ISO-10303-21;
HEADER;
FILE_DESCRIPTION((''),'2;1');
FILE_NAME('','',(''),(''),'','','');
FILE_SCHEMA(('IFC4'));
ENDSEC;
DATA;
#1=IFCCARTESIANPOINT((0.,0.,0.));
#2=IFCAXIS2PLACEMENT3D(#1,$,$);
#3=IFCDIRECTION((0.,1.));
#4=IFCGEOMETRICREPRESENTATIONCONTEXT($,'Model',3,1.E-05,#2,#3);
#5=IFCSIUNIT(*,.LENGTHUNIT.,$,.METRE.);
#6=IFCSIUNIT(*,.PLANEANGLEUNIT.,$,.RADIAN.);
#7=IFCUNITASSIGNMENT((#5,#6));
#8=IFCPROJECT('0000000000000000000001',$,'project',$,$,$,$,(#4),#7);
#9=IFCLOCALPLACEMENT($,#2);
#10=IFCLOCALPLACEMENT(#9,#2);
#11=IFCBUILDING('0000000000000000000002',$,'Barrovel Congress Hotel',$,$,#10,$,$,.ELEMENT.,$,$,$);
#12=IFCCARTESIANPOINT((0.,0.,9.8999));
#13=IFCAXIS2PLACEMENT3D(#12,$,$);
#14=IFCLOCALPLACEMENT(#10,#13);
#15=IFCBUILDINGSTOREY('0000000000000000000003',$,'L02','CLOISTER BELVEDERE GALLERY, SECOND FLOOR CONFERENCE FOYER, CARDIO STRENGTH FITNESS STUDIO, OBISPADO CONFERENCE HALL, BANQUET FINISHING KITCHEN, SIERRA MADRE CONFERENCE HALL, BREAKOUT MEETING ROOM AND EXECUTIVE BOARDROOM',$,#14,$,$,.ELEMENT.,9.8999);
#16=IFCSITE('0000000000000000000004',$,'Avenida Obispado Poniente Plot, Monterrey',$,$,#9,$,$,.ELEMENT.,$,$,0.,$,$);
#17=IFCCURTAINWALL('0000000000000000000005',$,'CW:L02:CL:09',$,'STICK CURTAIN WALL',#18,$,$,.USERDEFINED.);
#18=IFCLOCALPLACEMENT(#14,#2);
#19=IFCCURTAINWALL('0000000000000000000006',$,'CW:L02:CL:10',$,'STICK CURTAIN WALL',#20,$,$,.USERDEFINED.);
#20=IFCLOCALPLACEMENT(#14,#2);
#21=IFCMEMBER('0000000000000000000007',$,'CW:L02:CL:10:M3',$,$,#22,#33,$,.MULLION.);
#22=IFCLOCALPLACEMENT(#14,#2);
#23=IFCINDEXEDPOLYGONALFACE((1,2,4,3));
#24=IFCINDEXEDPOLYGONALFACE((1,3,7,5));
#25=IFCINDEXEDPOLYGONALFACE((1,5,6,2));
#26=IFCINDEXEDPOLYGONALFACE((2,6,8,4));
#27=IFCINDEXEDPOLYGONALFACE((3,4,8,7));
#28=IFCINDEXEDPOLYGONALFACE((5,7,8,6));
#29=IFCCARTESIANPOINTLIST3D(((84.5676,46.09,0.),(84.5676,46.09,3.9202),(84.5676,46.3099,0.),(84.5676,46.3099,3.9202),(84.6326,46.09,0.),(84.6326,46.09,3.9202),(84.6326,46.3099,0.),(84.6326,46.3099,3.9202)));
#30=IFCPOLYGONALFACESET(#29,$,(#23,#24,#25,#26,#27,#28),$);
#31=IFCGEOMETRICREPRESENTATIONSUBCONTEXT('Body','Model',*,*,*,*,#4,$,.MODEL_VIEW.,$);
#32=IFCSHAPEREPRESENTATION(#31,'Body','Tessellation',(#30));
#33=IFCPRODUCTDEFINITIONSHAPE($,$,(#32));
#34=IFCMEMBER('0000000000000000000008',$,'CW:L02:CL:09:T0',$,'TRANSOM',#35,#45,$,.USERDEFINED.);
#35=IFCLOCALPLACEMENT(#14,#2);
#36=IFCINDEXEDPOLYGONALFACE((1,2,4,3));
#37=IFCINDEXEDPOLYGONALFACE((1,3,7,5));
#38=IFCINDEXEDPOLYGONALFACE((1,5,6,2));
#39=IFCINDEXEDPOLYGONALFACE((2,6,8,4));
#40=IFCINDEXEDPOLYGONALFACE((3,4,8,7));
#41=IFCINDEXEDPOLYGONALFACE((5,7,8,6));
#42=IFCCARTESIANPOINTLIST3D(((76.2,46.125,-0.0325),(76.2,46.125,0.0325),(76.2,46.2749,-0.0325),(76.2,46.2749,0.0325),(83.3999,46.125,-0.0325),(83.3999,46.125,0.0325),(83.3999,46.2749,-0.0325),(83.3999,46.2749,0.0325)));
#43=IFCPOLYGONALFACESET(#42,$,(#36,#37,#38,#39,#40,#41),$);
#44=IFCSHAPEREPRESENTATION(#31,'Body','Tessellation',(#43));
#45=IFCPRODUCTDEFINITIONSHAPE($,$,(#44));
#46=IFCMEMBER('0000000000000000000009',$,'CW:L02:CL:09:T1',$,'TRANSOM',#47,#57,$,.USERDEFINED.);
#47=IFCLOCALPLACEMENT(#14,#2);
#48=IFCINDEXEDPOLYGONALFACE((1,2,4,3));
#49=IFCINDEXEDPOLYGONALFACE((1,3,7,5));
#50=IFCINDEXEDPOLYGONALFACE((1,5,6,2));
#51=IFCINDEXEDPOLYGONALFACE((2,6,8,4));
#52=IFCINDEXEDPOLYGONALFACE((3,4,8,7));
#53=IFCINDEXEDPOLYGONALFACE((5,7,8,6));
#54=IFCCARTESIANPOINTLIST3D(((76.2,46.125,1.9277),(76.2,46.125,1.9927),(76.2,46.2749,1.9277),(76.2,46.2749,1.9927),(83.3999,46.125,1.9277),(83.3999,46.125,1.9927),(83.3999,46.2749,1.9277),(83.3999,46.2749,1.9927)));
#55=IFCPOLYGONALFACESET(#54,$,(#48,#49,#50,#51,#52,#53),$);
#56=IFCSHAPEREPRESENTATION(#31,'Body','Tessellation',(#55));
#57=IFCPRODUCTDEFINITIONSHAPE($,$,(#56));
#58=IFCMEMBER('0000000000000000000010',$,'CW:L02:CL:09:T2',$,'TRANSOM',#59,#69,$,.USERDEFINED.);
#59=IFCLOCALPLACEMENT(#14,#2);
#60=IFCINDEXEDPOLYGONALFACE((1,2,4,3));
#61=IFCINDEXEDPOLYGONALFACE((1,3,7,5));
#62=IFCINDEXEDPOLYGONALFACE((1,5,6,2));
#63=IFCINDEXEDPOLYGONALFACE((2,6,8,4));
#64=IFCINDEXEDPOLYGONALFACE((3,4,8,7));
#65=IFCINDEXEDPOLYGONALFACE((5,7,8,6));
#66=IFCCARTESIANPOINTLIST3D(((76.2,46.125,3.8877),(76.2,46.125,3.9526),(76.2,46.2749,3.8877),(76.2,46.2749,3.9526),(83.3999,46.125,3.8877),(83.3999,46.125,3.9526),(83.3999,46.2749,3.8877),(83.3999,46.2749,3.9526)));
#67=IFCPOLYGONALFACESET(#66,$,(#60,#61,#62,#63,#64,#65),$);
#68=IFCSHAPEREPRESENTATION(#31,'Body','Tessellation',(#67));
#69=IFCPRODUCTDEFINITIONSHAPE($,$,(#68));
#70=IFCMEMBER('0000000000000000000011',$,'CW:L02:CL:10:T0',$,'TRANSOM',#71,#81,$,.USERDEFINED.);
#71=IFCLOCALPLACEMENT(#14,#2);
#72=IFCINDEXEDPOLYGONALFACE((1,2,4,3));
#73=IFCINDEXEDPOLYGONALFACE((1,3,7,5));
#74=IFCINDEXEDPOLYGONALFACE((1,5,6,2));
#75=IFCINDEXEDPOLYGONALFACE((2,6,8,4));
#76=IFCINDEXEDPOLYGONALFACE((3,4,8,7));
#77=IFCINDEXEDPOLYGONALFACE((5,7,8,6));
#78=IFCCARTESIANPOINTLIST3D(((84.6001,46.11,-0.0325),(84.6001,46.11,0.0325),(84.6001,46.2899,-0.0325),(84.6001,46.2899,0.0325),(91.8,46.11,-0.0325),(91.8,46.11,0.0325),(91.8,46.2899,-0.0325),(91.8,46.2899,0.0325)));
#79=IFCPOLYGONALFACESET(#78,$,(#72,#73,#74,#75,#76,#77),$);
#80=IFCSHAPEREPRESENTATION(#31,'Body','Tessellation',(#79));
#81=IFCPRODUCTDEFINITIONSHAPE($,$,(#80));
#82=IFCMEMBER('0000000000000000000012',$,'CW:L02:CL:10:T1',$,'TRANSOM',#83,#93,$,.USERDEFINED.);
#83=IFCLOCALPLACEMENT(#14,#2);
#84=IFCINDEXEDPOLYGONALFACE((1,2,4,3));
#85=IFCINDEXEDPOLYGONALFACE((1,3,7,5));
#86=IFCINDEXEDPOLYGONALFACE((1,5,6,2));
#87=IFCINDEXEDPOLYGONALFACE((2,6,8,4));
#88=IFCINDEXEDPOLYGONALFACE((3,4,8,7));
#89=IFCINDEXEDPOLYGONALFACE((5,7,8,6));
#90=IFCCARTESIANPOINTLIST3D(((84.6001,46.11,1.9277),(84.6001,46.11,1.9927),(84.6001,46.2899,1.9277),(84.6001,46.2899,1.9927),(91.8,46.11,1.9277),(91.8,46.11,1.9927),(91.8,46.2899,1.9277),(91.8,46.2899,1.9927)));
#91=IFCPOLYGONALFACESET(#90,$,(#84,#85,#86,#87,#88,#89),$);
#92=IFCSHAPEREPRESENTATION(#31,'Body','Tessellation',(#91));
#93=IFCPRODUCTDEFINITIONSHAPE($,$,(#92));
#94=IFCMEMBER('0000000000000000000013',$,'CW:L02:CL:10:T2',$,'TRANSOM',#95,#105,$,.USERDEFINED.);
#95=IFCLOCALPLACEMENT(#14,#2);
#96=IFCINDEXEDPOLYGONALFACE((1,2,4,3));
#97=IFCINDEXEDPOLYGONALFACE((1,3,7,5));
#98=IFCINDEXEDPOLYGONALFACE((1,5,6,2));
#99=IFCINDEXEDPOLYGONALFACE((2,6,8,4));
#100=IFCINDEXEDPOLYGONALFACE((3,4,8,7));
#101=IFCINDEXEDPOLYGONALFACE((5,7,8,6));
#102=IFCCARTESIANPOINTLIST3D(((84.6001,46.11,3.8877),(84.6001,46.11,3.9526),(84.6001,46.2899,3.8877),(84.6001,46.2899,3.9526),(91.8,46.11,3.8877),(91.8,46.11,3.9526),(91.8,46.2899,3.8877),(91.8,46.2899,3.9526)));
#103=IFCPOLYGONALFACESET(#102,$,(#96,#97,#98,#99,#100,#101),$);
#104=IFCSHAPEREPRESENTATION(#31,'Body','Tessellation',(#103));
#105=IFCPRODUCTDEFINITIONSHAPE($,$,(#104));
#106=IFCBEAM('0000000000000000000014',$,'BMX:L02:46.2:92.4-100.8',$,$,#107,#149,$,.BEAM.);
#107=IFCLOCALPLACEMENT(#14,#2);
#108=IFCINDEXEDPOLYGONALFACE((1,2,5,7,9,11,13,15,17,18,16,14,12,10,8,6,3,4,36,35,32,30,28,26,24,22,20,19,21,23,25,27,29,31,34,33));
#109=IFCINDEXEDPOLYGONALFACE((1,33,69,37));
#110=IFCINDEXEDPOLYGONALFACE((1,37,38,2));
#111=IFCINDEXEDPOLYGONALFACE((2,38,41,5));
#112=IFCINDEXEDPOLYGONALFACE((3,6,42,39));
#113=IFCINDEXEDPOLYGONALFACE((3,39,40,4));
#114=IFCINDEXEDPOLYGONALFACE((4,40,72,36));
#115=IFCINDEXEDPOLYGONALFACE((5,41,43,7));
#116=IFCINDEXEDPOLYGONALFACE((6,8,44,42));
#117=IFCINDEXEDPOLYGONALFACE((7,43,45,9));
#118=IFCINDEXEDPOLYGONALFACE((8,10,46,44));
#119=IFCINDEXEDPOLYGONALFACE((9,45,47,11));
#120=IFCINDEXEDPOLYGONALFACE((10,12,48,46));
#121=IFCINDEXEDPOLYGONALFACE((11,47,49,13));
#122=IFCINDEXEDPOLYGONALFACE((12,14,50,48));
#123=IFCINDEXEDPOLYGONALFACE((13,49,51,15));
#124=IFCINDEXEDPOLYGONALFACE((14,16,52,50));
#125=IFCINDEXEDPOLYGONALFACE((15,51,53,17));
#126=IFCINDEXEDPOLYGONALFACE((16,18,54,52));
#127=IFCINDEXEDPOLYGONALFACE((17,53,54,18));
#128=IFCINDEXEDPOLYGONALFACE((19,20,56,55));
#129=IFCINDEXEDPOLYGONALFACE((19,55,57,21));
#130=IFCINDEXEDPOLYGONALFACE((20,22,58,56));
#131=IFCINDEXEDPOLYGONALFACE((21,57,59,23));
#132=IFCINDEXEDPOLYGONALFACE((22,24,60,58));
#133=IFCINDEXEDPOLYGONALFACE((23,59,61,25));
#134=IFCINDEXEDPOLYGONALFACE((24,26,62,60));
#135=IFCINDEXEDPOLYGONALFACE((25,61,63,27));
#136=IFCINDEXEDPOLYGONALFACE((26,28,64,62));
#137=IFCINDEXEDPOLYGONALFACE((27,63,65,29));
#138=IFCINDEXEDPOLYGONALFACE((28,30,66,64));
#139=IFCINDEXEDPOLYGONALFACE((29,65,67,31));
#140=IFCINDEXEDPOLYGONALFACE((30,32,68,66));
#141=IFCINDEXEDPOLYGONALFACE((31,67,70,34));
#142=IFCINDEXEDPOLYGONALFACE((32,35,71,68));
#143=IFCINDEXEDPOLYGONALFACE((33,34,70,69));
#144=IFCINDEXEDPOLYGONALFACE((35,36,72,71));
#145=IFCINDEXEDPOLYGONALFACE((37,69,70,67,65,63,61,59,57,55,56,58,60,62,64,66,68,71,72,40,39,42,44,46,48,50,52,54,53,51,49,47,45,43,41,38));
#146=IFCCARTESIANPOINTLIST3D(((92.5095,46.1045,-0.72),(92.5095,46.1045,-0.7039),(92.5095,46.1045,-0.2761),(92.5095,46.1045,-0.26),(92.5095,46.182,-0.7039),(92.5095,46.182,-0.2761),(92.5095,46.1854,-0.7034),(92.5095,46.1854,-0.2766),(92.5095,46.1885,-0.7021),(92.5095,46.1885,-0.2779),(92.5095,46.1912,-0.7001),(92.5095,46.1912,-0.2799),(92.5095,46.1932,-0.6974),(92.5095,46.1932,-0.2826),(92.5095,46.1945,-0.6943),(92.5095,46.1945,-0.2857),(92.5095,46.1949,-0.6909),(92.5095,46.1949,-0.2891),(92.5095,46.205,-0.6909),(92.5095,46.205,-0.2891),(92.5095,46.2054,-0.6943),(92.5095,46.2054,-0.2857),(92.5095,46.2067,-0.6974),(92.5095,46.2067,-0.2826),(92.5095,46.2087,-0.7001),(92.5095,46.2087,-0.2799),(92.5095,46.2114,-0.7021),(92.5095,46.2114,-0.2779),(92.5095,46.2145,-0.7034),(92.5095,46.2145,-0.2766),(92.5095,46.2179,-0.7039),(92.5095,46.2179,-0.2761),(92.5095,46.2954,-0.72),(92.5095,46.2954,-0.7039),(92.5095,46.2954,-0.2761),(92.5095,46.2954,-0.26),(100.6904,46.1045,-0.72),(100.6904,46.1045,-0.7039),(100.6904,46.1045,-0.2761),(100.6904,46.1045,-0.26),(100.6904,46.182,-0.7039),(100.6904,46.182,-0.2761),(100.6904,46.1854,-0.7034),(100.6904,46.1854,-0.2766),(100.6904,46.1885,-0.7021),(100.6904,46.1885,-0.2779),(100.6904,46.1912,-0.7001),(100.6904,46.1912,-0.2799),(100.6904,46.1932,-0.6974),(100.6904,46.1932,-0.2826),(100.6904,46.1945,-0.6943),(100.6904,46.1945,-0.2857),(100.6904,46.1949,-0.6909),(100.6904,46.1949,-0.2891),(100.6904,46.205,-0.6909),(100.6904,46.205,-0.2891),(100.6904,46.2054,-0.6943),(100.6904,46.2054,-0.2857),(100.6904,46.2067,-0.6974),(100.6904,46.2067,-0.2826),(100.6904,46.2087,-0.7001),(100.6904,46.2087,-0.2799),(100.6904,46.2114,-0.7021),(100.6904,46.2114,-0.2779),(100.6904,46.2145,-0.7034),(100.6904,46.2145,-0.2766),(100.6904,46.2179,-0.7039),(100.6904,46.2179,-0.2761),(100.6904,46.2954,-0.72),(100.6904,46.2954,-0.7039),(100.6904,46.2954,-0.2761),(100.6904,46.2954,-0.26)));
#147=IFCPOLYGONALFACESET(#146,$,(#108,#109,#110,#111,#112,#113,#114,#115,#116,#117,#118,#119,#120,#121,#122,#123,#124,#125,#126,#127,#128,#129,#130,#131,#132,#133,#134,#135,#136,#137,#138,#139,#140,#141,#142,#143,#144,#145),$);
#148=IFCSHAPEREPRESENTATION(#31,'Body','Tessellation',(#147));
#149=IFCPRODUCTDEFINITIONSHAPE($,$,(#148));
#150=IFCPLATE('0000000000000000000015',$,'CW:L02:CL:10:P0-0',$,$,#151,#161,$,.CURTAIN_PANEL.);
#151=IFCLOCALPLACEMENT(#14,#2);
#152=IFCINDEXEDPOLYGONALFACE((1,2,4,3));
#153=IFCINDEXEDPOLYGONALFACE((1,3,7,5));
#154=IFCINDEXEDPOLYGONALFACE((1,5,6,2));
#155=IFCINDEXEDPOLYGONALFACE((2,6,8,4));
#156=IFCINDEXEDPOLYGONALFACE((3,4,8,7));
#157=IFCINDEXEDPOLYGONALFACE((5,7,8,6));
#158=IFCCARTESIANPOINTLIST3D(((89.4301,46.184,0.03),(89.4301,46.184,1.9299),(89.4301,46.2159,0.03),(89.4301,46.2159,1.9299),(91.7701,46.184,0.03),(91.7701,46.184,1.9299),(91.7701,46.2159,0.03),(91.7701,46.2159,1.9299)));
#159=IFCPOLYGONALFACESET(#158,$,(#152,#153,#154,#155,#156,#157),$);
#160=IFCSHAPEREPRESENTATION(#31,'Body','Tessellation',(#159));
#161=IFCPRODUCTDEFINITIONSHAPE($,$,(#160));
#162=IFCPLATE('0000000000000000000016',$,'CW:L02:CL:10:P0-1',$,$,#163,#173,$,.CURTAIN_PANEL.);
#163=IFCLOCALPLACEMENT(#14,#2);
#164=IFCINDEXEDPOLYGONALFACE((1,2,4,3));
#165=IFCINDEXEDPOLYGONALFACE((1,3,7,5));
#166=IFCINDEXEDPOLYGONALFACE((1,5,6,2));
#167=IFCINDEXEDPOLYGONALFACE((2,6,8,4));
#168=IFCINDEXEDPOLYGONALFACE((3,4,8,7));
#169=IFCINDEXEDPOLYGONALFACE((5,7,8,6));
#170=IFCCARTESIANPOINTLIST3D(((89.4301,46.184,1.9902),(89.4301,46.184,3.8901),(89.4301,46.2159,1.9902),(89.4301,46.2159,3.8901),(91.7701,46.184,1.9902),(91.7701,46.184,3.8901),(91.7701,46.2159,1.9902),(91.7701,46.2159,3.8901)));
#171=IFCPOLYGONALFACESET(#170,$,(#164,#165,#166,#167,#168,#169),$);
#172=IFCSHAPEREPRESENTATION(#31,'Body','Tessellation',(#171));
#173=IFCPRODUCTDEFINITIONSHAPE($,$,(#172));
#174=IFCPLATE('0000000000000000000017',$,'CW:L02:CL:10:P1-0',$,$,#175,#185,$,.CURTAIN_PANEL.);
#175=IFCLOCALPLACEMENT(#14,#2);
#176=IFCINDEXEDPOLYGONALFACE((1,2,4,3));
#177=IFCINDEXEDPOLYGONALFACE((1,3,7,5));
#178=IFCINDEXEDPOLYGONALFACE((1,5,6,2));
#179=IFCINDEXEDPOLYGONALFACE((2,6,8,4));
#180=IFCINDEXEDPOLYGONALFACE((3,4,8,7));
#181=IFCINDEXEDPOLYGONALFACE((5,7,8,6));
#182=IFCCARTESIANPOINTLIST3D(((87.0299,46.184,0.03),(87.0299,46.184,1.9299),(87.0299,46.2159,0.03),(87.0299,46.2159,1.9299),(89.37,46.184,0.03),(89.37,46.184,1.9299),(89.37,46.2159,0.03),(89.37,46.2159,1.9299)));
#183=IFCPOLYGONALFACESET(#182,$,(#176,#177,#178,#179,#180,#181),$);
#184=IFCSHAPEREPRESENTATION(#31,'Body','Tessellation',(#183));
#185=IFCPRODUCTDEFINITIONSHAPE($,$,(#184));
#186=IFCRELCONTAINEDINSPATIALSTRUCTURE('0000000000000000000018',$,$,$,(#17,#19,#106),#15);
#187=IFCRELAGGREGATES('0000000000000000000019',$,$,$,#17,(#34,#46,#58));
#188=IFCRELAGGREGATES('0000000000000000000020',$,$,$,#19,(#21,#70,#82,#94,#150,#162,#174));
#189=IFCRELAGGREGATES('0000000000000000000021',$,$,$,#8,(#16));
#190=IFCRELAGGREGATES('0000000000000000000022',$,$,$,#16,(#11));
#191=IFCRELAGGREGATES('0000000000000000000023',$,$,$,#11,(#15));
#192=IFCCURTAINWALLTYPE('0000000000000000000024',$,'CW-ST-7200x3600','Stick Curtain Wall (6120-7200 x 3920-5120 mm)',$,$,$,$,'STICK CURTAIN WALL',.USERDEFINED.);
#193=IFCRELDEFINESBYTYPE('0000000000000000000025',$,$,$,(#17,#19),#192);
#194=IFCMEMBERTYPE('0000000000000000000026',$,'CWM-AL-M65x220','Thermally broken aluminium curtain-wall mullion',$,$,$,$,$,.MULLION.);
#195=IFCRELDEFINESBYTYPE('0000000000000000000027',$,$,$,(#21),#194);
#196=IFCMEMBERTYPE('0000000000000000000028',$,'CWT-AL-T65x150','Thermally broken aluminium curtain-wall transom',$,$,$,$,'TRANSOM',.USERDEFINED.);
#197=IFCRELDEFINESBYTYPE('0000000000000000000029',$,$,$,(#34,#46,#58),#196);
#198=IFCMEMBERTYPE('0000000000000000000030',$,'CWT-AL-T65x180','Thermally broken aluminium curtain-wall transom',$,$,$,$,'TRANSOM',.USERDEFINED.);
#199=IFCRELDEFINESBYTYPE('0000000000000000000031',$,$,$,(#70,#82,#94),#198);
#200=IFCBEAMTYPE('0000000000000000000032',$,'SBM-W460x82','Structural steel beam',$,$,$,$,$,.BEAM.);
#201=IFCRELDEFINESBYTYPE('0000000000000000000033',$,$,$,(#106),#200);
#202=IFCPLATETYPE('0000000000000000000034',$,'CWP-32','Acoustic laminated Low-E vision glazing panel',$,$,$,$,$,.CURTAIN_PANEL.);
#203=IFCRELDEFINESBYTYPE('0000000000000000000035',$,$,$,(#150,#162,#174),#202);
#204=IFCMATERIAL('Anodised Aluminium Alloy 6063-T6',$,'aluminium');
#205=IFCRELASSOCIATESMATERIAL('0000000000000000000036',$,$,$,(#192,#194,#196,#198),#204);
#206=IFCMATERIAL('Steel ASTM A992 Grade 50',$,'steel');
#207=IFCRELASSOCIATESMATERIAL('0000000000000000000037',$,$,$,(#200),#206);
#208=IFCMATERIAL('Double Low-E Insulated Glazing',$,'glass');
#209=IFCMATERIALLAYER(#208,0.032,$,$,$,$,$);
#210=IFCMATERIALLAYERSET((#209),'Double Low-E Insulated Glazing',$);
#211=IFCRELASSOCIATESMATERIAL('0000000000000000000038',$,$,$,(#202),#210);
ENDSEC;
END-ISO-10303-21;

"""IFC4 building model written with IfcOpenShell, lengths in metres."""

from ifc_helpers import new_model, si_unit, direction, frame, origin, origin_2d, place, context, subcontext, project, spatial, rectangle, i_section, extrude, material, layer, layer_set, material_profile, profile_set, type_object, element, aggregate, save


model = new_model("IFC4")

# Units and contexts
model_context = context("Model", 3, precision=1e-05, world=origin(), true_north=direction((0.0, 1.0)))
body_context = subcontext(model_context, "Body", "Model", "MODEL_VIEW")
ifc_project = project(units=[si_unit("LENGTHUNIT", "METRE"), si_unit("PLANEANGLEUNIT", "RADIAN")], contexts=[model_context])

# Site, building, storey
site_placement = place(None, origin())
site = spatial("IfcSite", under=ifc_project, at=site_placement, Name="Avenida Obispado Poniente Plot, Monterrey", CompositionType="ELEMENT", RefElevation=0.0)
building_placement = place(site_placement, origin())
building = spatial("IfcBuilding", under=site, at=building_placement, Name="Barrovel Congress Hotel", CompositionType="ELEMENT")
storey_placement = place(building_placement, frame((0.0, 0.0, 9.8999)))
storey = spatial("IfcBuildingStorey", under=building, at=storey_placement, Name="L02", Description="CLOISTER BELVEDERE GALLERY, SECOND FLOOR CONFERENCE FOYER, CARDIO STRENGTH FITNESS STUDIO, OBISPADO CONFERENCE HALL, BANQUET FINISHING KITCHEN, SIERRA MADRE CONFERENCE HALL, BREAKOUT MEETING ROOM AND EXECUTIVE BOARDROOM", CompositionType="ELEMENT", Elevation=9.8999)

# Curtain wall
ifc_material_1 = material(Name="Anodised Aluminium Alloy 6063-T6", Category="aluminium")
curtain_wall_type = type_object("IfcCurtainWallType", Name="CW-ST-7200x3600", Description="Stick Curtain Wall (6120-7200 x 3920-5120 mm)", ElementType="STICK CURTAIN WALL", PredefinedType="USERDEFINED", material=ifc_material_1)
curtain_wall_1_placement = place(storey_placement, origin())
curtain_wall_1 = element("IfcCurtainWall", 1, at=curtain_wall_1_placement, inside=storey, type_object=curtain_wall_type, Name="CW:L02:CL:09", ObjectType="STICK CURTAIN WALL", PredefinedType="USERDEFINED")

# Curtain wall, member
curtain_wall_2_placement = place(storey_placement, origin())
curtain_wall_2 = element("IfcCurtainWall", 2, at=curtain_wall_2_placement, inside=storey, type_object=curtain_wall_type, Name="CW:L02:CL:10", ObjectType="STICK CURTAIN WALL", PredefinedType="USERDEFINED")
ifc_material_profile_1 = material_profile(ifc_material_1, rectangle(XDim=0.0649, YDim=0.22, at=origin_2d()), Name="AL-M65x220")
ifc_profile_set_1 = profile_set([ifc_material_profile_1], Name="Anodised Aluminium Alloy 6063-T6")
member_type_1 = type_object("IfcMemberType", Name="CWM-AL-M65x220", Description="Thermally broken aluminium curtain-wall mullion", PredefinedType="MULLION", material=ifc_profile_set_1)
member_1_placement = place(storey_placement, frame((84.6001, 46.2, 0.0), z_axis=(0.0, 0.0, 1.0), x_axis=(1.0, 0.0, 0.0)))
member_1 = element("IfcMember", 3, at=member_1_placement, type_object=member_type_1, Name="CW:L02:CL:10:M3", PredefinedType="MULLION", context=body_context, shape_type="SweptSolid", body=[
    extrude(rectangle(XDim=0.0649, YDim=0.22, at=origin_2d()), origin(), (0.0, 0.0, 1.0), 3.9202),
])

# Members
ifc_material_profile_2 = material_profile(ifc_material_1, rectangle(XDim=0.1499, YDim=0.0649, at=origin_2d()), Name="AL-T65x150")
ifc_profile_set_2 = profile_set([ifc_material_profile_2], Name="Anodised Aluminium Alloy 6063-T6")
member_type_2 = type_object("IfcMemberType", Name="CWT-AL-T65x150", Description="Thermally broken aluminium curtain-wall transom", ElementType="TRANSOM", PredefinedType="USERDEFINED", material=ifc_profile_set_2)
member_2_placement = place(storey_placement, frame((83.3999, 46.2, 0.0), z_axis=(-1.0, 0.0, 0.0), x_axis=(0.0, -1.0, 0.0)))
member_2 = element("IfcMember", 4, at=member_2_placement, type_object=member_type_2, Name="CW:L02:CL:09:T0", ObjectType="TRANSOM", PredefinedType="USERDEFINED", context=body_context, shape_type="SweptSolid", body=[
    extrude(rectangle(XDim=0.1499, YDim=0.0649, at=origin_2d()), origin(), (0.0, 0.0, 1.0), 7.2),
])
member_3_placement = place(storey_placement, frame((83.3999, 46.2, 1.9602), z_axis=(-1.0, 0.0, 0.0), x_axis=(0.0, -1.0, 0.0)))
member_3 = element("IfcMember", 5, at=member_3_placement, type_object=member_type_2, Name="CW:L02:CL:09:T1", ObjectType="TRANSOM", PredefinedType="USERDEFINED", context=body_context, shape_type="SweptSolid", body=[
    extrude(rectangle(XDim=0.1499, YDim=0.0649, at=origin_2d()), origin(), (0.0, 0.0, 1.0), 7.2),
])
member_4_placement = place(storey_placement, frame((83.3999, 46.2, 3.9202), z_axis=(-1.0, 0.0, 0.0), x_axis=(0.0, -1.0, 0.0)))
member_4 = element("IfcMember", 6, at=member_4_placement, type_object=member_type_2, Name="CW:L02:CL:09:T2", ObjectType="TRANSOM", PredefinedType="USERDEFINED", context=body_context, shape_type="SweptSolid", body=[
    extrude(rectangle(XDim=0.1499, YDim=0.0649, at=origin_2d()), origin(), (0.0, 0.0, 1.0), 7.2),
])
aggregate(curtain_wall_1, [member_2, member_3, member_4])
ifc_material_profile_3 = material_profile(ifc_material_1, rectangle(XDim=0.1799, YDim=0.0649, at=origin_2d()), Name="AL-T65x180")
ifc_profile_set_3 = profile_set([ifc_material_profile_3], Name="Anodised Aluminium Alloy 6063-T6")
member_type_3 = type_object("IfcMemberType", Name="CWT-AL-T65x180", Description="Thermally broken aluminium curtain-wall transom", ElementType="TRANSOM", PredefinedType="USERDEFINED", material=ifc_profile_set_3)
member_5_placement = place(storey_placement, frame((91.8, 46.2, 0.0), z_axis=(-1.0, 0.0, 0.0), x_axis=(0.0, -1.0, 0.0)))
member_5 = element("IfcMember", 7, at=member_5_placement, type_object=member_type_3, Name="CW:L02:CL:10:T0", ObjectType="TRANSOM", PredefinedType="USERDEFINED", context=body_context, shape_type="SweptSolid", body=[
    extrude(rectangle(XDim=0.1799, YDim=0.0649, at=origin_2d()), origin(), (0.0, 0.0, 1.0), 7.2),
])
member_6_placement = place(storey_placement, frame((91.8, 46.2, 1.9602), z_axis=(-1.0, 0.0, 0.0), x_axis=(0.0, -1.0, 0.0)))
member_6 = element("IfcMember", 8, at=member_6_placement, type_object=member_type_3, Name="CW:L02:CL:10:T1", ObjectType="TRANSOM", PredefinedType="USERDEFINED", context=body_context, shape_type="SweptSolid", body=[
    extrude(rectangle(XDim=0.1799, YDim=0.0649, at=origin_2d()), origin(), (0.0, 0.0, 1.0), 7.2),
])
member_7_placement = place(storey_placement, frame((91.8, 46.2, 3.9202), z_axis=(-1.0, 0.0, 0.0), x_axis=(0.0, -1.0, 0.0)))
member_7 = element("IfcMember", 9, at=member_7_placement, type_object=member_type_3, Name="CW:L02:CL:10:T2", ObjectType="TRANSOM", PredefinedType="USERDEFINED", context=body_context, shape_type="SweptSolid", body=[
    extrude(rectangle(XDim=0.1799, YDim=0.0649, at=origin_2d()), origin(), (0.0, 0.0, 1.0), 7.2),
])

# Beam
ifc_material_2 = material(Name="Steel ASTM A992 Grade 50", Category="steel")
ifc_material_profile_4 = material_profile(ifc_material_2, i_section(OverallWidth=0.1909, OverallDepth=0.46, WebThickness=0.01, FlangeThickness=0.0161, FilletRadius=0.0129, at=origin_2d()), Name="W460x82")
ifc_profile_set_4 = profile_set([ifc_material_profile_4], Name="Steel ASTM A992 Grade 50")
beam_type_1 = type_object("IfcBeamType", Name="SBM-W460x82", Description="Structural steel beam", PredefinedType="BEAM", material=ifc_profile_set_4)
beam_1_placement = place(storey_placement, frame((92.5095, 46.2, -0.49), z_axis=(1.0, 0.0, 0.0), x_axis=(0.0, 1.0, 0.0)))
element("IfcBeam", 10, at=beam_1_placement, inside=storey, type_object=beam_type_1, Name="BMX:L02:46.2:92.4-100.8", PredefinedType="BEAM", context=body_context, shape_type="SweptSolid", body=[
    extrude(i_section(OverallWidth=0.1909, OverallDepth=0.46, WebThickness=0.01, FlangeThickness=0.0161, FilletRadius=0.0129, at=origin_2d()), origin(), (0.0, 0.0, 1.0), 8.1809),
])

# Plates
ifc_material_3 = material(Name="Double Low-E Insulated Glazing", Category="glass")
ifc_layer_1 = layer(ifc_material_3, 0.032)
ifc_layer_set_1 = layer_set([ifc_layer_1], Name="Double Low-E Insulated Glazing")
plate_type = type_object("IfcPlateType", Name="CWP-32", Description="Acoustic laminated Low-E vision glazing panel", PredefinedType="CURTAIN_PANEL", material=ifc_layer_set_1)
plate_1_placement = place(storey_placement, frame((90.6001, 46.2, 0.03), z_axis=(0.0, 0.0, 1.0), x_axis=(-1.0, 0.0, 0.0)))
plate_1 = element("IfcPlate", 11, at=plate_1_placement, type_object=plate_type, Name="CW:L02:CL:10:P0-0", PredefinedType="CURTAIN_PANEL", context=body_context, shape_type="SweptSolid", body=[
    extrude(rectangle(XDim=2.3401, YDim=0.032, at=origin_2d()), origin(), (0.0, 0.0, 1.0), 1.8999),
])
plate_2_placement = place(storey_placement, frame((90.6001, 46.2, 1.9902), z_axis=(0.0, 0.0, 1.0), x_axis=(-1.0, 0.0, 0.0)))
plate_2 = element("IfcPlate", 12, at=plate_2_placement, type_object=plate_type, Name="CW:L02:CL:10:P0-1", PredefinedType="CURTAIN_PANEL", context=body_context, shape_type="SweptSolid", body=[
    extrude(rectangle(XDim=2.3401, YDim=0.032, at=origin_2d()), origin(), (0.0, 0.0, 1.0), 1.8999),
])
plate_3_placement = place(storey_placement, frame((88.2, 46.2, 0.03), z_axis=(0.0, 0.0, 1.0), x_axis=(-1.0, 0.0, 0.0)))
plate_3 = element("IfcPlate", 13, at=plate_3_placement, type_object=plate_type, Name="CW:L02:CL:10:P1-0", PredefinedType="CURTAIN_PANEL", context=body_context, shape_type="SweptSolid", body=[
    extrude(rectangle(XDim=2.3401, YDim=0.032, at=origin_2d()), origin(), (0.0, 0.0, 1.0), 1.8999),
])
aggregate(curtain_wall_2, [member_1, member_5, member_6, member_7, plate_1, plate_2, plate_3])

save(model, "model.ifc")
